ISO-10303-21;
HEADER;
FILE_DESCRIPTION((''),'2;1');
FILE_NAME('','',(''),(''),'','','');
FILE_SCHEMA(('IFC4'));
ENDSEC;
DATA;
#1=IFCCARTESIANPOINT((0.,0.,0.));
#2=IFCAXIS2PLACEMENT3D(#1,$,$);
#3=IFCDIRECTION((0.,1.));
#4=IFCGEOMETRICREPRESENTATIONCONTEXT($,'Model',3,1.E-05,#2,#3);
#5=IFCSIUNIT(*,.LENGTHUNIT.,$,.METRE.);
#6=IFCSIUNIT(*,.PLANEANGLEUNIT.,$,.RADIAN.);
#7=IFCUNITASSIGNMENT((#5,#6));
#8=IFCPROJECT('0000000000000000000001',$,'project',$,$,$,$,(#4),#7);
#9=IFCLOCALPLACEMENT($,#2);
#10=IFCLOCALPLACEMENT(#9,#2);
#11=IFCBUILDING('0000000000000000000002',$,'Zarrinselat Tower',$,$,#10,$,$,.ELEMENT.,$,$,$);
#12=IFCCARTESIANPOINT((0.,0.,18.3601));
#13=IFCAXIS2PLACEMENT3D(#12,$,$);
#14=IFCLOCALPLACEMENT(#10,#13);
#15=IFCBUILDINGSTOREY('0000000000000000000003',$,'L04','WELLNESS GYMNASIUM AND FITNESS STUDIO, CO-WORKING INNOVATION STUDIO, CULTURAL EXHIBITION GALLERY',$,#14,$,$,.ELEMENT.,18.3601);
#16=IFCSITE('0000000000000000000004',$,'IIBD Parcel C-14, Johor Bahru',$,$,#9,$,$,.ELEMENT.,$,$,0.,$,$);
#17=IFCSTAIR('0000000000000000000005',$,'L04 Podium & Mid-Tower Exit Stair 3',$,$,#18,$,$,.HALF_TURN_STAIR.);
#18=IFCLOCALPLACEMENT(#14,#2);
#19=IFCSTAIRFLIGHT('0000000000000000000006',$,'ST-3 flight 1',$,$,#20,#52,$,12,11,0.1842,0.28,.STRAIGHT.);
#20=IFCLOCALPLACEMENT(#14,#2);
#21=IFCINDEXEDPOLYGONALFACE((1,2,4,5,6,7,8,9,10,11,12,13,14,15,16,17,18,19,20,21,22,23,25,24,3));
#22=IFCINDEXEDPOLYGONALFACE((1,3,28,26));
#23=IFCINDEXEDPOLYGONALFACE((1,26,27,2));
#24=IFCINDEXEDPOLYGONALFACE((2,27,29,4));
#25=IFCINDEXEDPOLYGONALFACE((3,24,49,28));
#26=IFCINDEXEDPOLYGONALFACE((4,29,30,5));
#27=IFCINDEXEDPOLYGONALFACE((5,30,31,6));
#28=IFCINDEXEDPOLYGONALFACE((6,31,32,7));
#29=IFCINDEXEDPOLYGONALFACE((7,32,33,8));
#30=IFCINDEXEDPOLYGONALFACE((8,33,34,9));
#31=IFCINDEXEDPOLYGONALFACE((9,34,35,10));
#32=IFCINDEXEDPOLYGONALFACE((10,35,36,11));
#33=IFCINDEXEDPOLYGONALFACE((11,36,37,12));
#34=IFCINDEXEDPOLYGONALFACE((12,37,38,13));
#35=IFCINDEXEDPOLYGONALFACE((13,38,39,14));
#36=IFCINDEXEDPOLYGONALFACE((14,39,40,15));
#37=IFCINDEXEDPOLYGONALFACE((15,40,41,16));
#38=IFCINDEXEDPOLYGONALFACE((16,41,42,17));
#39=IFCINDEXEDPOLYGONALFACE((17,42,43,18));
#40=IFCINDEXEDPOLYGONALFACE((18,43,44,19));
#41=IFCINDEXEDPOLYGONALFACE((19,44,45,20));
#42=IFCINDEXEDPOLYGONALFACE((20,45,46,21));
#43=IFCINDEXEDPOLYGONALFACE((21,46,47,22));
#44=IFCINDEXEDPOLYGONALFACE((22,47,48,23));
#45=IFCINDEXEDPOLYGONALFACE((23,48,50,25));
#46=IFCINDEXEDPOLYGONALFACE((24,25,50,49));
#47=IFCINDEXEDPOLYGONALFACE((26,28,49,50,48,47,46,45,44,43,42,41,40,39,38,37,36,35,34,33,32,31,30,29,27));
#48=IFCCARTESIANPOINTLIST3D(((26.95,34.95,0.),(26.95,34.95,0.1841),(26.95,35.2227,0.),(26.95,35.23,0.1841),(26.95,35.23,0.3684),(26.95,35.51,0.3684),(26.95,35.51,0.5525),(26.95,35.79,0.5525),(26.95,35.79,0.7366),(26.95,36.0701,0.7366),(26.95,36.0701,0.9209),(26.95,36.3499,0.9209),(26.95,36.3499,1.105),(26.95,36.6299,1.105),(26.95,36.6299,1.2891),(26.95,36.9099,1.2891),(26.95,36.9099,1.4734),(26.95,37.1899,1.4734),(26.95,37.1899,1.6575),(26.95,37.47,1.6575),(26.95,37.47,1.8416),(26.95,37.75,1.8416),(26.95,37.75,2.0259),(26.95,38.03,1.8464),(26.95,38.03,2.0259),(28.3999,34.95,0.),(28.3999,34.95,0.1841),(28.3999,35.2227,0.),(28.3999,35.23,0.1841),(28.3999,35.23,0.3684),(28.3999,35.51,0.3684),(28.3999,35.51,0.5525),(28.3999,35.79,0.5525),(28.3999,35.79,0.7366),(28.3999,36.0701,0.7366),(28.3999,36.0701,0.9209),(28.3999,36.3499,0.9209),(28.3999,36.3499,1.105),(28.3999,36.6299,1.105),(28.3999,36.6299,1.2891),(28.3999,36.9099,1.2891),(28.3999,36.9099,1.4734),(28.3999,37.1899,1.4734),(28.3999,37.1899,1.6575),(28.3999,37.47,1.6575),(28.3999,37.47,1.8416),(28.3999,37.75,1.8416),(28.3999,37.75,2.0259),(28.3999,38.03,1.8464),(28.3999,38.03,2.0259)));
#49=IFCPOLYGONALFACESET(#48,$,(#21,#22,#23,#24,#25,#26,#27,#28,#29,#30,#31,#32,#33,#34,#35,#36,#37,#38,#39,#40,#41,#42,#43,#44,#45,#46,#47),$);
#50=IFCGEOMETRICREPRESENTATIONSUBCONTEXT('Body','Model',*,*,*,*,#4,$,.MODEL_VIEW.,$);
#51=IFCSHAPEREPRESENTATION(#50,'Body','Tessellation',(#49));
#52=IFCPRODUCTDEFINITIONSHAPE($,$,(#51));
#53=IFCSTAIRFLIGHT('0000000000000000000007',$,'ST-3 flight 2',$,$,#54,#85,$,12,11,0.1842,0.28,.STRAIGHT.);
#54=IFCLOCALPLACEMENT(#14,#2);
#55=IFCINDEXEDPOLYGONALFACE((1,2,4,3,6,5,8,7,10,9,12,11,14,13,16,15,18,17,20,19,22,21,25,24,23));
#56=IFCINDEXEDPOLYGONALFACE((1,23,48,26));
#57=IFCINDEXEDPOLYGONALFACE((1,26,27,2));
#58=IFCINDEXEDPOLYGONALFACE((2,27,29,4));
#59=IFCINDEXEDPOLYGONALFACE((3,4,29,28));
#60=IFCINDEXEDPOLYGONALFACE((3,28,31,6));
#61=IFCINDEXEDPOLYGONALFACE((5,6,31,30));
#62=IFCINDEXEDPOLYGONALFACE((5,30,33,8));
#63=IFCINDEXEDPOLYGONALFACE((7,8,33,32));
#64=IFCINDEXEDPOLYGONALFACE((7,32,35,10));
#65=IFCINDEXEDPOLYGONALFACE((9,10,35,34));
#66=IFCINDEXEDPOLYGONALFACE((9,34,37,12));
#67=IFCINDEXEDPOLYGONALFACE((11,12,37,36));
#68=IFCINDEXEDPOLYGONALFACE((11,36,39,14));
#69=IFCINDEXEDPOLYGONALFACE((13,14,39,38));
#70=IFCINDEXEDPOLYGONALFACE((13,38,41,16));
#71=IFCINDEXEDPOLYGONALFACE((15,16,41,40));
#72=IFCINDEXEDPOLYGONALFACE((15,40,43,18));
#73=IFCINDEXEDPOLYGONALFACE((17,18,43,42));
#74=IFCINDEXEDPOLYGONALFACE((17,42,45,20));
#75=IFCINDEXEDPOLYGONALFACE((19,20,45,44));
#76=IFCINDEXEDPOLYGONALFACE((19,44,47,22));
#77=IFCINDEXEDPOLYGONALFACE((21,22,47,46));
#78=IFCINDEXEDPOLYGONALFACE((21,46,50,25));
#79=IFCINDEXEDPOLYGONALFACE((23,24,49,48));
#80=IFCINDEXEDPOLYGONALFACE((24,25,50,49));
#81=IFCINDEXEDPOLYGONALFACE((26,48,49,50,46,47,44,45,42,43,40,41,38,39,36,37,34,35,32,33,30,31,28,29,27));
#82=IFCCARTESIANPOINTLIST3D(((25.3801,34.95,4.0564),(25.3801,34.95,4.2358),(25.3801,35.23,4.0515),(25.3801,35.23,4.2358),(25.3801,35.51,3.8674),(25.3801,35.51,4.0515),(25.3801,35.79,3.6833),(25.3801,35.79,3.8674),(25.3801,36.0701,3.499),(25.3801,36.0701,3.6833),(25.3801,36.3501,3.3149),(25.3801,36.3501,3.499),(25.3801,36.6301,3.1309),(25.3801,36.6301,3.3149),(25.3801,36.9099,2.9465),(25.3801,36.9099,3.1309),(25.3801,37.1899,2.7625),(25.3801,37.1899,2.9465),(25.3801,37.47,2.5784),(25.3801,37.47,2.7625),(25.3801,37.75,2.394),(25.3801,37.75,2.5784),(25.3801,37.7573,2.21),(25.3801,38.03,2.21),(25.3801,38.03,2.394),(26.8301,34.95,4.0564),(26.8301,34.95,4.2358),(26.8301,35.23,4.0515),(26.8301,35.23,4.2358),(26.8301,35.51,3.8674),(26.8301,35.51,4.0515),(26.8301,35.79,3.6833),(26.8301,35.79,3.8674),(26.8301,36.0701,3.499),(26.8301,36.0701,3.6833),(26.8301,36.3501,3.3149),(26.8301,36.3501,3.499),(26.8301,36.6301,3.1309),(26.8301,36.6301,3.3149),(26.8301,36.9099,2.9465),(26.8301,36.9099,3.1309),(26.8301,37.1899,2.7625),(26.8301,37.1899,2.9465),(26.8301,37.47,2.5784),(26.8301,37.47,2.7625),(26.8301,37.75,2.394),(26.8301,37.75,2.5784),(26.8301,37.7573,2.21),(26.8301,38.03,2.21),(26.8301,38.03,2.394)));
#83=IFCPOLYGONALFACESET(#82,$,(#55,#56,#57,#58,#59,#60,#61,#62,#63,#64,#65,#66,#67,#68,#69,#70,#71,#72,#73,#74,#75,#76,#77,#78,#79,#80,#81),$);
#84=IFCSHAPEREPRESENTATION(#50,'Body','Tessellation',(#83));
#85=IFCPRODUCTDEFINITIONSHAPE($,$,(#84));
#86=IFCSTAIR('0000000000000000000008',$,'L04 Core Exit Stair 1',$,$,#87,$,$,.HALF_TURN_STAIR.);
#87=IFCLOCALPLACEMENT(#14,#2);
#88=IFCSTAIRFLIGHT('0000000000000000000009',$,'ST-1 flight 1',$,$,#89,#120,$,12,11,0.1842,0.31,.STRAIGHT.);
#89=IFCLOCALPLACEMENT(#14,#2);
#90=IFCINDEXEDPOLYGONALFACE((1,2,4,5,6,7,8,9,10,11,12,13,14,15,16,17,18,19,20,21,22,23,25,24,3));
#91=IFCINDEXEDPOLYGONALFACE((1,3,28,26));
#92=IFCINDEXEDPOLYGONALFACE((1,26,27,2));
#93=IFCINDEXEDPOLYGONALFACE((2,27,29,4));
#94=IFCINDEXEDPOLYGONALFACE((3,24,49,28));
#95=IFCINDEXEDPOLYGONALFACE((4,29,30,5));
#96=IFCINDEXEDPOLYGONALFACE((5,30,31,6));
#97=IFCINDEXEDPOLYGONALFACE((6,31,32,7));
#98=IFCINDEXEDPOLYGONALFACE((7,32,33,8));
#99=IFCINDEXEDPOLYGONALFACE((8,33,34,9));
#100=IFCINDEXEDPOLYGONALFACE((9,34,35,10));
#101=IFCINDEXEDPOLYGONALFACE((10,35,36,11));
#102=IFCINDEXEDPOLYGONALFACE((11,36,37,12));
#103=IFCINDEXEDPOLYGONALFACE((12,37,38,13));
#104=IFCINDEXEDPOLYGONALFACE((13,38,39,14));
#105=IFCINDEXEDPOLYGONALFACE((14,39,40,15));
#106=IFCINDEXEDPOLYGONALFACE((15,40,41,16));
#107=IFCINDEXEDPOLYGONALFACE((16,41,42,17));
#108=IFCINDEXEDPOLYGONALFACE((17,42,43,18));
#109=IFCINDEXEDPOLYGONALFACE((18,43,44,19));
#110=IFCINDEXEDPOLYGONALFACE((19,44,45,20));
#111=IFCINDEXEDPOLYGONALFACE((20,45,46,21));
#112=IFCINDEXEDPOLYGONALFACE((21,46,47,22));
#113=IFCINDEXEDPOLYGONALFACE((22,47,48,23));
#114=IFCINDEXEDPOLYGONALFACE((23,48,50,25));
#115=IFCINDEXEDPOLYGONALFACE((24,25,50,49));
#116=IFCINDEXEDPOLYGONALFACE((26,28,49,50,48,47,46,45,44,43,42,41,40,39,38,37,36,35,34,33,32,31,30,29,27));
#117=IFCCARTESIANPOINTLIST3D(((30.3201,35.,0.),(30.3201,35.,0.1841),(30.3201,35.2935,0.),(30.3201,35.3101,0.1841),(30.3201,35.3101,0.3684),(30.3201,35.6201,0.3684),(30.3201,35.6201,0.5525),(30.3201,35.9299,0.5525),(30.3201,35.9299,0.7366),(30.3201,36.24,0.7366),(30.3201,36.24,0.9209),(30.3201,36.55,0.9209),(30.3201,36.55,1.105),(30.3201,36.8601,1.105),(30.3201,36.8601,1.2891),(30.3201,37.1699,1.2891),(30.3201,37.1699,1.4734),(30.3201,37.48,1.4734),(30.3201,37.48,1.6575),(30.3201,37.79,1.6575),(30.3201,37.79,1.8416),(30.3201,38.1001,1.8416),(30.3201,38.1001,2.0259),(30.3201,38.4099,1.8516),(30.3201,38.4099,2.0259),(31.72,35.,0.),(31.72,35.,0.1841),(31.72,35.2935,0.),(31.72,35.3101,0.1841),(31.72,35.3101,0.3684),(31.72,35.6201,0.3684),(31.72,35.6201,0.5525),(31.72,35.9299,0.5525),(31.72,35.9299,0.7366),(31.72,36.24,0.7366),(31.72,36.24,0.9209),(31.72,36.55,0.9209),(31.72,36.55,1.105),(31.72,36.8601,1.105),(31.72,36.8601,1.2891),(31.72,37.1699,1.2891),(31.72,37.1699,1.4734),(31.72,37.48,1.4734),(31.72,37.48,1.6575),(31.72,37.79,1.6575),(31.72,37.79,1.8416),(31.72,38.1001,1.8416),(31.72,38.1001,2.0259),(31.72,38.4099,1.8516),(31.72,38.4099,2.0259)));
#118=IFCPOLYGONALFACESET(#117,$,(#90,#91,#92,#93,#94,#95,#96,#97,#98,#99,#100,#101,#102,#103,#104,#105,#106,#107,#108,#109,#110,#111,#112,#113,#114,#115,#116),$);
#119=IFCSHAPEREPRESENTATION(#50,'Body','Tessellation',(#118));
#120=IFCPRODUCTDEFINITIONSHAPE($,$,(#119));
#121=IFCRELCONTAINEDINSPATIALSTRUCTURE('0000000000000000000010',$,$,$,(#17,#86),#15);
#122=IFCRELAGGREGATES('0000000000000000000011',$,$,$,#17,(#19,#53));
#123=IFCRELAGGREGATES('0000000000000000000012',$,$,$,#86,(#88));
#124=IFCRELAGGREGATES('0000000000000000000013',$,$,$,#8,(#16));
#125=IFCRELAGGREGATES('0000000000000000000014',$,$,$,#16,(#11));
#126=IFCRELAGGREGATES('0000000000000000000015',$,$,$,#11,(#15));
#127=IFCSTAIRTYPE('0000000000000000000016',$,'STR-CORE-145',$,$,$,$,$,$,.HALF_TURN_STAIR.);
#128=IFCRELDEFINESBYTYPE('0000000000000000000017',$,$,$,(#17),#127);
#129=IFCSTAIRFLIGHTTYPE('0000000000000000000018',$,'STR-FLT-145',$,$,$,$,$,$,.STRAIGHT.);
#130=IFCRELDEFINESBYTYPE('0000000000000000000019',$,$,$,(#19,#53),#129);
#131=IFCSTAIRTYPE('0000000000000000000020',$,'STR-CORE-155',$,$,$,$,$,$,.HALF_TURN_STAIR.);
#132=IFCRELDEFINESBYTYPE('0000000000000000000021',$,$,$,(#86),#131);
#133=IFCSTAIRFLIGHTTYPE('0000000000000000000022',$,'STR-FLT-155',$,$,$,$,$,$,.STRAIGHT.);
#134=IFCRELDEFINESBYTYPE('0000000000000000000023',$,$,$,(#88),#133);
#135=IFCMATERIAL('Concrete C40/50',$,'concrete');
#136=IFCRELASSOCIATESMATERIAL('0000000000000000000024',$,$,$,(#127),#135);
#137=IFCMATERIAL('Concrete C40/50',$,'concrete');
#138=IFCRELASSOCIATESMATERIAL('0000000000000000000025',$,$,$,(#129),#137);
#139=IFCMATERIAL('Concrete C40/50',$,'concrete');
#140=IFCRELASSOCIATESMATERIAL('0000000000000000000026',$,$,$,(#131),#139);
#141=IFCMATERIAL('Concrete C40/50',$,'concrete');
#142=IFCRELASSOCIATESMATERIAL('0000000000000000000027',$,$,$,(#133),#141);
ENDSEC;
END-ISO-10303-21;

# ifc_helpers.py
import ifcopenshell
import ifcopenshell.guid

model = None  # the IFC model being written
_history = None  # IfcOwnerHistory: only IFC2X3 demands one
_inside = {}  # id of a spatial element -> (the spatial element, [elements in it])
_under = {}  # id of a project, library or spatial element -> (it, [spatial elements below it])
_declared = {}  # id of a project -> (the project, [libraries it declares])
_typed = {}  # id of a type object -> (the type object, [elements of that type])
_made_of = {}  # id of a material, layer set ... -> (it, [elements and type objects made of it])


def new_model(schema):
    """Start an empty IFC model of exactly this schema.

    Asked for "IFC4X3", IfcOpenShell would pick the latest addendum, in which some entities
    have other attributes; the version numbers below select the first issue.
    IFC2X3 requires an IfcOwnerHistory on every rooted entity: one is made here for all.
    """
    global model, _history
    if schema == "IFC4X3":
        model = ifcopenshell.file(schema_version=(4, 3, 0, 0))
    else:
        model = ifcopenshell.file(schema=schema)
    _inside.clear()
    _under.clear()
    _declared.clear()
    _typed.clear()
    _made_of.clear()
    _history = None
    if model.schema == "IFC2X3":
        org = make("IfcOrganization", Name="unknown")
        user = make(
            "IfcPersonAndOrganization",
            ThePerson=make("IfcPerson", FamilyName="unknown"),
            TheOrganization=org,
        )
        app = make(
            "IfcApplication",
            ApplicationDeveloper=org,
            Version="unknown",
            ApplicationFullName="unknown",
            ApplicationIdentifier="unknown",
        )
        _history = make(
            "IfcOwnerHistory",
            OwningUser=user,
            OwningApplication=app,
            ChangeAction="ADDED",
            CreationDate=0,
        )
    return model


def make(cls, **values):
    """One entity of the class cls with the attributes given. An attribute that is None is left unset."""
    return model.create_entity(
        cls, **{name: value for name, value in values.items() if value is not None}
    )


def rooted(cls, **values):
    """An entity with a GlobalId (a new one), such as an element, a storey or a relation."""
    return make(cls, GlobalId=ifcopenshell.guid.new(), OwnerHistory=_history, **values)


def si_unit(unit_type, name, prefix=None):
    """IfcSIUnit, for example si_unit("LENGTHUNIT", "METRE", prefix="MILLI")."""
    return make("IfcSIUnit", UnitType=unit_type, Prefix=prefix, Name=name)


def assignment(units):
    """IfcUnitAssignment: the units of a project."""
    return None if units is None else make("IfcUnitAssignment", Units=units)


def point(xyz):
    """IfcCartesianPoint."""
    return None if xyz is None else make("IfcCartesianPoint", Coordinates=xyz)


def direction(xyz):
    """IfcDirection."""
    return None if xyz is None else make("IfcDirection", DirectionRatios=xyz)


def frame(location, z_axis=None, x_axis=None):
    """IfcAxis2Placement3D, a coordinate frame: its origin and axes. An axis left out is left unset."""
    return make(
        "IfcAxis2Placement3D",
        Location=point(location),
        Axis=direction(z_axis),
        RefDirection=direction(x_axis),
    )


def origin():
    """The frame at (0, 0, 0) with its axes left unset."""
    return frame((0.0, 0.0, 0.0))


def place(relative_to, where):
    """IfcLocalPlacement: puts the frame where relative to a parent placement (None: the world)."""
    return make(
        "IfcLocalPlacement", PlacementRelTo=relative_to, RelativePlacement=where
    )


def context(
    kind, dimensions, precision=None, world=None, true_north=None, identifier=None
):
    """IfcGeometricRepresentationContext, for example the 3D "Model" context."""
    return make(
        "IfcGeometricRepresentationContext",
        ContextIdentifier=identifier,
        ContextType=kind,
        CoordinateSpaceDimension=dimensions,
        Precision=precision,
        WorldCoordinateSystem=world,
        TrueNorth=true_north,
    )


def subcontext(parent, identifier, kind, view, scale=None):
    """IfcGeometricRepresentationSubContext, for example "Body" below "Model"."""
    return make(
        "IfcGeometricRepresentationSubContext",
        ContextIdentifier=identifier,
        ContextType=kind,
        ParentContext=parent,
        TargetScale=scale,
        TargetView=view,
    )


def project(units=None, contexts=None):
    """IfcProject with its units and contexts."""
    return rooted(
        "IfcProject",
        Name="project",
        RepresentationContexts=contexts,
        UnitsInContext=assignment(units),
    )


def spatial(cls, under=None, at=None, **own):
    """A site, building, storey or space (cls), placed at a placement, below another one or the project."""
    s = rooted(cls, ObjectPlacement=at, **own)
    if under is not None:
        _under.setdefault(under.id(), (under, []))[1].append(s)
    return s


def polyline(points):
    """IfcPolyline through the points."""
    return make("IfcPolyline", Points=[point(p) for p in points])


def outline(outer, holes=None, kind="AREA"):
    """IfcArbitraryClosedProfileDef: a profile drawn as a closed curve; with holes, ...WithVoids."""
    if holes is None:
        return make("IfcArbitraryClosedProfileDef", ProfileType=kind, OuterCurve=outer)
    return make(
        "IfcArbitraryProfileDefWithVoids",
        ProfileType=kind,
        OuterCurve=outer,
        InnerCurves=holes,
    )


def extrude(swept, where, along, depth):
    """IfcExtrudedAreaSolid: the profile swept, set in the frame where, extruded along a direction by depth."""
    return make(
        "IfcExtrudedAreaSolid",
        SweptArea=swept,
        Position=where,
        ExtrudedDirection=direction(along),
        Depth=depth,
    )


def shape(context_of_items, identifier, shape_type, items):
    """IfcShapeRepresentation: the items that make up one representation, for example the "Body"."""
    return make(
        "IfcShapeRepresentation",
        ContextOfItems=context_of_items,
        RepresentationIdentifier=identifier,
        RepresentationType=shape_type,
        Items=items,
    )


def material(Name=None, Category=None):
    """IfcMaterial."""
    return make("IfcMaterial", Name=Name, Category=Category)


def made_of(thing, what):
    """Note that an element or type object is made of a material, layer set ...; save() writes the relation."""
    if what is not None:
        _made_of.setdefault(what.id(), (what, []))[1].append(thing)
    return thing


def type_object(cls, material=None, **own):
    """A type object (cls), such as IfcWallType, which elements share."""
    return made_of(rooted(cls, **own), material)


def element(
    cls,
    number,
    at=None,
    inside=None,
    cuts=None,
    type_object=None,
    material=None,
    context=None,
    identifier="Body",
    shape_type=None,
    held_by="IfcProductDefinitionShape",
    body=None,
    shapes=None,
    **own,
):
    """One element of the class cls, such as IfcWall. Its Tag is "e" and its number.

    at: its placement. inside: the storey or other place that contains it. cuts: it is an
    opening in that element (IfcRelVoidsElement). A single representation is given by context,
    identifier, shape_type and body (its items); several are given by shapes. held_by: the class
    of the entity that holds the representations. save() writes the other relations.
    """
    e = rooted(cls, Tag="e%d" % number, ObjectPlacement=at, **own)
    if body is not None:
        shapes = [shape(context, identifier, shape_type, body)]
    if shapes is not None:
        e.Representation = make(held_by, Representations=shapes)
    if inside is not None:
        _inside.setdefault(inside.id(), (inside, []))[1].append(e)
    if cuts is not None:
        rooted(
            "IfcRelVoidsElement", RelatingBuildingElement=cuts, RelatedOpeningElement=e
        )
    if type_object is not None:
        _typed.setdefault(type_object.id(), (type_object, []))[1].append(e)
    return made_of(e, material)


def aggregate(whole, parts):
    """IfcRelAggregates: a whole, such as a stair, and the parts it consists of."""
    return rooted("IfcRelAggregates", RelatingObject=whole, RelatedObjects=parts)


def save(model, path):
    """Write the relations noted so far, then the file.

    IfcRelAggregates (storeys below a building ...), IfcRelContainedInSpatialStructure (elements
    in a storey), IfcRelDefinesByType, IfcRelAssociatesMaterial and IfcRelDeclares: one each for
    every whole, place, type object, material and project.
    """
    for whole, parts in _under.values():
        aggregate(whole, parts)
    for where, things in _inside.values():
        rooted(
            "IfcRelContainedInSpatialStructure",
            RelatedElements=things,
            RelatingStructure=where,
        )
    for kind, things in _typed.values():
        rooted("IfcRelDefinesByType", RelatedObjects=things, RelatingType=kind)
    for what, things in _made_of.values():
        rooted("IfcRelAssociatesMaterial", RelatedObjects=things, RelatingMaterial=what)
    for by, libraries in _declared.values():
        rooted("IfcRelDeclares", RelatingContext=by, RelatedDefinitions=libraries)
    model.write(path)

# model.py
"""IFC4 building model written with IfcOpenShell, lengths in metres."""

from ifc_helpers import new_model, si_unit, direction, frame, origin, place, context, subcontext, project, spatial, polyline, outline, extrude, material, type_object, element, aggregate, save


model = new_model("IFC4")

# Units and contexts
model_context = context("Model", 3, precision=1e-05, world=origin(), true_north=direction((0.0, 1.0)))
body_context = subcontext(model_context, "Body", "Model", "MODEL_VIEW")
ifc_project = project(units=[si_unit("LENGTHUNIT", "METRE"), si_unit("PLANEANGLEUNIT", "RADIAN")], contexts=[model_context])

# Site, building, storey
site_placement = place(None, origin())
site = spatial("IfcSite", under=ifc_project, at=site_placement, Name="IIBD Parcel C-14, Johor Bahru", CompositionType="ELEMENT", RefElevation=0.0)
building_placement = place(site_placement, origin())
building = spatial("IfcBuilding", under=site, at=building_placement, Name="Zarrinselat Tower", CompositionType="ELEMENT")
storey_placement = place(building_placement, frame((0.0, 0.0, 18.3601)))
storey = spatial("IfcBuildingStorey", under=building, at=storey_placement, Name="L04", Description="WELLNESS GYMNASIUM AND FITNESS STUDIO, CO-WORKING INNOVATION STUDIO, CULTURAL EXHIBITION GALLERY", CompositionType="ELEMENT", Elevation=18.3601)

# Stair, stair flights
ifc_material_1 = material(Name="Concrete C40/50", Category="concrete")
stair_type_1 = type_object("IfcStairType", Name="STR-CORE-145", PredefinedType="HALF_TURN_STAIR", material=ifc_material_1)
stair_1_placement = place(storey_placement, origin())
stair_1 = element("IfcStair", 1, at=stair_1_placement, inside=storey, type_object=stair_type_1, Name="L04 Podium & Mid-Tower Exit Stair 3", PredefinedType="HALF_TURN_STAIR")
ifc_material_2 = material(Name="Concrete C40/50", Category="concrete")
stair_flight_type_1 = type_object("IfcStairFlightType", Name="STR-FLT-145", PredefinedType="STRAIGHT", material=ifc_material_2)
stair_flight_1_placement = place(storey_placement, frame((27.675, 34.95, 0.0), z_axis=(0.0, 0.0, 1.0), x_axis=(0.0, 1.0, 0.0)))
stair_flight_1 = element("IfcStairFlight", 2, at=stair_flight_1_placement, type_object=stair_flight_type_1, Name="ST-3 flight 1", NumberOfRisers=12, NumberOfTreads=11, PredefinedType="STRAIGHT", RiserHeight=0.1842, TreadLength=0.28, context=body_context, shape_type="SweptSolid", body=[
    extrude(outline(polyline([(0.0, 0.0), (0.0, 0.1841), (0.28, 0.1841), (0.28, 0.3684), (0.5601, 0.3684), (0.5601, 0.5525), (0.8401, 0.5525), (0.8401, 0.7366), (1.1201, 0.7366), (1.1201, 0.9209), (1.3999, 0.9209), (1.3999, 1.105), (1.6799, 1.105), (1.6799, 1.2891), (1.96, 1.2891), (1.96, 1.4734), (2.24, 1.4734), (2.24, 1.6575), (2.52, 1.6575), (2.52, 1.8416), (2.8, 1.8416), (2.8, 2.0259), (3.0801, 2.0259), (3.0801, 2.21), (3.0801, 1.8464), (0.2727, 0.0), (0.0, 0.0)])), frame((0.0, 0.7251, 0.0), z_axis=(0.0, -1.0, 0.0), x_axis=(1.0, 0.0, 0.0)), (0.0, 0.0, 1.0), 1.45),
])
stair_flight_2_placement = place(storey_placement, frame((26.105, 38.03, 2.21), z_axis=(0.0, 0.0, 1.0), x_axis=(0.0, -1.0, 0.0)))
stair_flight_2 = element("IfcStairFlight", 3, at=stair_flight_2_placement, type_object=stair_flight_type_1, Name="ST-3 flight 2", NumberOfRisers=12, NumberOfTreads=11, PredefinedType="STRAIGHT", RiserHeight=0.1842, TreadLength=0.28, context=body_context, shape_type="SweptSolid", body=[
    extrude(outline(polyline([(0.0, 0.0), (0.0, 0.1841), (0.28, 0.1841), (0.28, 0.3684), (0.5601, 0.3684), (0.5601, 0.5525), (0.8401, 0.5525), (0.8401, 0.7366), (1.1201, 0.7366), (1.1201, 0.9209), (1.3999, 0.9209), (1.3999, 1.105), (1.6799, 1.105), (1.6799, 1.2891), (1.96, 1.2891), (1.96, 1.4734), (2.24, 1.4734), (2.24, 1.6575), (2.52, 1.6575), (2.52, 1.8416), (2.8, 1.8416), (2.8, 2.0259), (3.0801, 2.0259), (3.0801, 2.21), (3.0801, 1.8464), (0.2727, 0.0), (0.0, 0.0)])), frame((0.0, 0.7251, 0.0), z_axis=(0.0, -1.0, 0.0), x_axis=(1.0, 0.0, 0.0)), (0.0, 0.0, 1.0), 1.45),
])
aggregate(stair_1, [stair_flight_1, stair_flight_2])

# Stair, stair flight
ifc_material_3 = material(Name="Concrete C40/50", Category="concrete")
stair_type_2 = type_object("IfcStairType", Name="STR-CORE-155", PredefinedType="HALF_TURN_STAIR", material=ifc_material_3)
stair_2_placement = place(storey_placement, origin())
stair_2 = element("IfcStair", 4, at=stair_2_placement, inside=storey, type_object=stair_type_2, Name="L04 Core Exit Stair 1", PredefinedType="HALF_TURN_STAIR")
ifc_material_4 = material(Name="Concrete C40/50", Category="concrete")
stair_flight_type_2 = type_object("IfcStairFlightType", Name="STR-FLT-155", PredefinedType="STRAIGHT", material=ifc_material_4)
stair_flight_3_placement = place(storey_placement, frame((31.02, 35.0, 0.0), z_axis=(0.0, 0.0, 1.0), x_axis=(0.0, 1.0, 0.0)))
stair_flight_3 = element("IfcStairFlight", 5, at=stair_flight_3_placement, type_object=stair_flight_type_2, Name="ST-1 flight 1", NumberOfRisers=12, NumberOfTreads=11, PredefinedType="STRAIGHT", RiserHeight=0.1842, TreadLength=0.31, context=body_context, shape_type="SweptSolid", body=[
    extrude(outline(polyline([(0.0, 0.0), (0.0, 0.1841), (0.3101, 0.1841), (0.3101, 0.3684), (0.6201, 0.3684), (0.6201, 0.5525), (0.9299, 0.5525), (0.9299, 0.7366), (1.24, 0.7366), (1.24, 0.9209), (1.55, 0.9209), (1.55, 1.105), (1.8601, 1.105), (1.8601, 1.2891), (2.1699, 1.2891), (2.1699, 1.4734), (2.48, 1.4734), (2.48, 1.6575), (2.79, 1.6575), (2.79, 1.8416), (3.1001, 1.8416), (3.1001, 2.0259), (3.4099, 2.0259), (3.4099, 2.21), (3.4099, 1.8516), (0.2935, 0.0), (0.0, 0.0)])), frame((0.0, 0.7, 0.0), z_axis=(0.0, -1.0, 0.0), x_axis=(1.0, 0.0, 0.0)), (0.0, 0.0, 1.0), 1.3999),
])
aggregate(stair_2, [stair_flight_3])

save(model, "model.ifc")
